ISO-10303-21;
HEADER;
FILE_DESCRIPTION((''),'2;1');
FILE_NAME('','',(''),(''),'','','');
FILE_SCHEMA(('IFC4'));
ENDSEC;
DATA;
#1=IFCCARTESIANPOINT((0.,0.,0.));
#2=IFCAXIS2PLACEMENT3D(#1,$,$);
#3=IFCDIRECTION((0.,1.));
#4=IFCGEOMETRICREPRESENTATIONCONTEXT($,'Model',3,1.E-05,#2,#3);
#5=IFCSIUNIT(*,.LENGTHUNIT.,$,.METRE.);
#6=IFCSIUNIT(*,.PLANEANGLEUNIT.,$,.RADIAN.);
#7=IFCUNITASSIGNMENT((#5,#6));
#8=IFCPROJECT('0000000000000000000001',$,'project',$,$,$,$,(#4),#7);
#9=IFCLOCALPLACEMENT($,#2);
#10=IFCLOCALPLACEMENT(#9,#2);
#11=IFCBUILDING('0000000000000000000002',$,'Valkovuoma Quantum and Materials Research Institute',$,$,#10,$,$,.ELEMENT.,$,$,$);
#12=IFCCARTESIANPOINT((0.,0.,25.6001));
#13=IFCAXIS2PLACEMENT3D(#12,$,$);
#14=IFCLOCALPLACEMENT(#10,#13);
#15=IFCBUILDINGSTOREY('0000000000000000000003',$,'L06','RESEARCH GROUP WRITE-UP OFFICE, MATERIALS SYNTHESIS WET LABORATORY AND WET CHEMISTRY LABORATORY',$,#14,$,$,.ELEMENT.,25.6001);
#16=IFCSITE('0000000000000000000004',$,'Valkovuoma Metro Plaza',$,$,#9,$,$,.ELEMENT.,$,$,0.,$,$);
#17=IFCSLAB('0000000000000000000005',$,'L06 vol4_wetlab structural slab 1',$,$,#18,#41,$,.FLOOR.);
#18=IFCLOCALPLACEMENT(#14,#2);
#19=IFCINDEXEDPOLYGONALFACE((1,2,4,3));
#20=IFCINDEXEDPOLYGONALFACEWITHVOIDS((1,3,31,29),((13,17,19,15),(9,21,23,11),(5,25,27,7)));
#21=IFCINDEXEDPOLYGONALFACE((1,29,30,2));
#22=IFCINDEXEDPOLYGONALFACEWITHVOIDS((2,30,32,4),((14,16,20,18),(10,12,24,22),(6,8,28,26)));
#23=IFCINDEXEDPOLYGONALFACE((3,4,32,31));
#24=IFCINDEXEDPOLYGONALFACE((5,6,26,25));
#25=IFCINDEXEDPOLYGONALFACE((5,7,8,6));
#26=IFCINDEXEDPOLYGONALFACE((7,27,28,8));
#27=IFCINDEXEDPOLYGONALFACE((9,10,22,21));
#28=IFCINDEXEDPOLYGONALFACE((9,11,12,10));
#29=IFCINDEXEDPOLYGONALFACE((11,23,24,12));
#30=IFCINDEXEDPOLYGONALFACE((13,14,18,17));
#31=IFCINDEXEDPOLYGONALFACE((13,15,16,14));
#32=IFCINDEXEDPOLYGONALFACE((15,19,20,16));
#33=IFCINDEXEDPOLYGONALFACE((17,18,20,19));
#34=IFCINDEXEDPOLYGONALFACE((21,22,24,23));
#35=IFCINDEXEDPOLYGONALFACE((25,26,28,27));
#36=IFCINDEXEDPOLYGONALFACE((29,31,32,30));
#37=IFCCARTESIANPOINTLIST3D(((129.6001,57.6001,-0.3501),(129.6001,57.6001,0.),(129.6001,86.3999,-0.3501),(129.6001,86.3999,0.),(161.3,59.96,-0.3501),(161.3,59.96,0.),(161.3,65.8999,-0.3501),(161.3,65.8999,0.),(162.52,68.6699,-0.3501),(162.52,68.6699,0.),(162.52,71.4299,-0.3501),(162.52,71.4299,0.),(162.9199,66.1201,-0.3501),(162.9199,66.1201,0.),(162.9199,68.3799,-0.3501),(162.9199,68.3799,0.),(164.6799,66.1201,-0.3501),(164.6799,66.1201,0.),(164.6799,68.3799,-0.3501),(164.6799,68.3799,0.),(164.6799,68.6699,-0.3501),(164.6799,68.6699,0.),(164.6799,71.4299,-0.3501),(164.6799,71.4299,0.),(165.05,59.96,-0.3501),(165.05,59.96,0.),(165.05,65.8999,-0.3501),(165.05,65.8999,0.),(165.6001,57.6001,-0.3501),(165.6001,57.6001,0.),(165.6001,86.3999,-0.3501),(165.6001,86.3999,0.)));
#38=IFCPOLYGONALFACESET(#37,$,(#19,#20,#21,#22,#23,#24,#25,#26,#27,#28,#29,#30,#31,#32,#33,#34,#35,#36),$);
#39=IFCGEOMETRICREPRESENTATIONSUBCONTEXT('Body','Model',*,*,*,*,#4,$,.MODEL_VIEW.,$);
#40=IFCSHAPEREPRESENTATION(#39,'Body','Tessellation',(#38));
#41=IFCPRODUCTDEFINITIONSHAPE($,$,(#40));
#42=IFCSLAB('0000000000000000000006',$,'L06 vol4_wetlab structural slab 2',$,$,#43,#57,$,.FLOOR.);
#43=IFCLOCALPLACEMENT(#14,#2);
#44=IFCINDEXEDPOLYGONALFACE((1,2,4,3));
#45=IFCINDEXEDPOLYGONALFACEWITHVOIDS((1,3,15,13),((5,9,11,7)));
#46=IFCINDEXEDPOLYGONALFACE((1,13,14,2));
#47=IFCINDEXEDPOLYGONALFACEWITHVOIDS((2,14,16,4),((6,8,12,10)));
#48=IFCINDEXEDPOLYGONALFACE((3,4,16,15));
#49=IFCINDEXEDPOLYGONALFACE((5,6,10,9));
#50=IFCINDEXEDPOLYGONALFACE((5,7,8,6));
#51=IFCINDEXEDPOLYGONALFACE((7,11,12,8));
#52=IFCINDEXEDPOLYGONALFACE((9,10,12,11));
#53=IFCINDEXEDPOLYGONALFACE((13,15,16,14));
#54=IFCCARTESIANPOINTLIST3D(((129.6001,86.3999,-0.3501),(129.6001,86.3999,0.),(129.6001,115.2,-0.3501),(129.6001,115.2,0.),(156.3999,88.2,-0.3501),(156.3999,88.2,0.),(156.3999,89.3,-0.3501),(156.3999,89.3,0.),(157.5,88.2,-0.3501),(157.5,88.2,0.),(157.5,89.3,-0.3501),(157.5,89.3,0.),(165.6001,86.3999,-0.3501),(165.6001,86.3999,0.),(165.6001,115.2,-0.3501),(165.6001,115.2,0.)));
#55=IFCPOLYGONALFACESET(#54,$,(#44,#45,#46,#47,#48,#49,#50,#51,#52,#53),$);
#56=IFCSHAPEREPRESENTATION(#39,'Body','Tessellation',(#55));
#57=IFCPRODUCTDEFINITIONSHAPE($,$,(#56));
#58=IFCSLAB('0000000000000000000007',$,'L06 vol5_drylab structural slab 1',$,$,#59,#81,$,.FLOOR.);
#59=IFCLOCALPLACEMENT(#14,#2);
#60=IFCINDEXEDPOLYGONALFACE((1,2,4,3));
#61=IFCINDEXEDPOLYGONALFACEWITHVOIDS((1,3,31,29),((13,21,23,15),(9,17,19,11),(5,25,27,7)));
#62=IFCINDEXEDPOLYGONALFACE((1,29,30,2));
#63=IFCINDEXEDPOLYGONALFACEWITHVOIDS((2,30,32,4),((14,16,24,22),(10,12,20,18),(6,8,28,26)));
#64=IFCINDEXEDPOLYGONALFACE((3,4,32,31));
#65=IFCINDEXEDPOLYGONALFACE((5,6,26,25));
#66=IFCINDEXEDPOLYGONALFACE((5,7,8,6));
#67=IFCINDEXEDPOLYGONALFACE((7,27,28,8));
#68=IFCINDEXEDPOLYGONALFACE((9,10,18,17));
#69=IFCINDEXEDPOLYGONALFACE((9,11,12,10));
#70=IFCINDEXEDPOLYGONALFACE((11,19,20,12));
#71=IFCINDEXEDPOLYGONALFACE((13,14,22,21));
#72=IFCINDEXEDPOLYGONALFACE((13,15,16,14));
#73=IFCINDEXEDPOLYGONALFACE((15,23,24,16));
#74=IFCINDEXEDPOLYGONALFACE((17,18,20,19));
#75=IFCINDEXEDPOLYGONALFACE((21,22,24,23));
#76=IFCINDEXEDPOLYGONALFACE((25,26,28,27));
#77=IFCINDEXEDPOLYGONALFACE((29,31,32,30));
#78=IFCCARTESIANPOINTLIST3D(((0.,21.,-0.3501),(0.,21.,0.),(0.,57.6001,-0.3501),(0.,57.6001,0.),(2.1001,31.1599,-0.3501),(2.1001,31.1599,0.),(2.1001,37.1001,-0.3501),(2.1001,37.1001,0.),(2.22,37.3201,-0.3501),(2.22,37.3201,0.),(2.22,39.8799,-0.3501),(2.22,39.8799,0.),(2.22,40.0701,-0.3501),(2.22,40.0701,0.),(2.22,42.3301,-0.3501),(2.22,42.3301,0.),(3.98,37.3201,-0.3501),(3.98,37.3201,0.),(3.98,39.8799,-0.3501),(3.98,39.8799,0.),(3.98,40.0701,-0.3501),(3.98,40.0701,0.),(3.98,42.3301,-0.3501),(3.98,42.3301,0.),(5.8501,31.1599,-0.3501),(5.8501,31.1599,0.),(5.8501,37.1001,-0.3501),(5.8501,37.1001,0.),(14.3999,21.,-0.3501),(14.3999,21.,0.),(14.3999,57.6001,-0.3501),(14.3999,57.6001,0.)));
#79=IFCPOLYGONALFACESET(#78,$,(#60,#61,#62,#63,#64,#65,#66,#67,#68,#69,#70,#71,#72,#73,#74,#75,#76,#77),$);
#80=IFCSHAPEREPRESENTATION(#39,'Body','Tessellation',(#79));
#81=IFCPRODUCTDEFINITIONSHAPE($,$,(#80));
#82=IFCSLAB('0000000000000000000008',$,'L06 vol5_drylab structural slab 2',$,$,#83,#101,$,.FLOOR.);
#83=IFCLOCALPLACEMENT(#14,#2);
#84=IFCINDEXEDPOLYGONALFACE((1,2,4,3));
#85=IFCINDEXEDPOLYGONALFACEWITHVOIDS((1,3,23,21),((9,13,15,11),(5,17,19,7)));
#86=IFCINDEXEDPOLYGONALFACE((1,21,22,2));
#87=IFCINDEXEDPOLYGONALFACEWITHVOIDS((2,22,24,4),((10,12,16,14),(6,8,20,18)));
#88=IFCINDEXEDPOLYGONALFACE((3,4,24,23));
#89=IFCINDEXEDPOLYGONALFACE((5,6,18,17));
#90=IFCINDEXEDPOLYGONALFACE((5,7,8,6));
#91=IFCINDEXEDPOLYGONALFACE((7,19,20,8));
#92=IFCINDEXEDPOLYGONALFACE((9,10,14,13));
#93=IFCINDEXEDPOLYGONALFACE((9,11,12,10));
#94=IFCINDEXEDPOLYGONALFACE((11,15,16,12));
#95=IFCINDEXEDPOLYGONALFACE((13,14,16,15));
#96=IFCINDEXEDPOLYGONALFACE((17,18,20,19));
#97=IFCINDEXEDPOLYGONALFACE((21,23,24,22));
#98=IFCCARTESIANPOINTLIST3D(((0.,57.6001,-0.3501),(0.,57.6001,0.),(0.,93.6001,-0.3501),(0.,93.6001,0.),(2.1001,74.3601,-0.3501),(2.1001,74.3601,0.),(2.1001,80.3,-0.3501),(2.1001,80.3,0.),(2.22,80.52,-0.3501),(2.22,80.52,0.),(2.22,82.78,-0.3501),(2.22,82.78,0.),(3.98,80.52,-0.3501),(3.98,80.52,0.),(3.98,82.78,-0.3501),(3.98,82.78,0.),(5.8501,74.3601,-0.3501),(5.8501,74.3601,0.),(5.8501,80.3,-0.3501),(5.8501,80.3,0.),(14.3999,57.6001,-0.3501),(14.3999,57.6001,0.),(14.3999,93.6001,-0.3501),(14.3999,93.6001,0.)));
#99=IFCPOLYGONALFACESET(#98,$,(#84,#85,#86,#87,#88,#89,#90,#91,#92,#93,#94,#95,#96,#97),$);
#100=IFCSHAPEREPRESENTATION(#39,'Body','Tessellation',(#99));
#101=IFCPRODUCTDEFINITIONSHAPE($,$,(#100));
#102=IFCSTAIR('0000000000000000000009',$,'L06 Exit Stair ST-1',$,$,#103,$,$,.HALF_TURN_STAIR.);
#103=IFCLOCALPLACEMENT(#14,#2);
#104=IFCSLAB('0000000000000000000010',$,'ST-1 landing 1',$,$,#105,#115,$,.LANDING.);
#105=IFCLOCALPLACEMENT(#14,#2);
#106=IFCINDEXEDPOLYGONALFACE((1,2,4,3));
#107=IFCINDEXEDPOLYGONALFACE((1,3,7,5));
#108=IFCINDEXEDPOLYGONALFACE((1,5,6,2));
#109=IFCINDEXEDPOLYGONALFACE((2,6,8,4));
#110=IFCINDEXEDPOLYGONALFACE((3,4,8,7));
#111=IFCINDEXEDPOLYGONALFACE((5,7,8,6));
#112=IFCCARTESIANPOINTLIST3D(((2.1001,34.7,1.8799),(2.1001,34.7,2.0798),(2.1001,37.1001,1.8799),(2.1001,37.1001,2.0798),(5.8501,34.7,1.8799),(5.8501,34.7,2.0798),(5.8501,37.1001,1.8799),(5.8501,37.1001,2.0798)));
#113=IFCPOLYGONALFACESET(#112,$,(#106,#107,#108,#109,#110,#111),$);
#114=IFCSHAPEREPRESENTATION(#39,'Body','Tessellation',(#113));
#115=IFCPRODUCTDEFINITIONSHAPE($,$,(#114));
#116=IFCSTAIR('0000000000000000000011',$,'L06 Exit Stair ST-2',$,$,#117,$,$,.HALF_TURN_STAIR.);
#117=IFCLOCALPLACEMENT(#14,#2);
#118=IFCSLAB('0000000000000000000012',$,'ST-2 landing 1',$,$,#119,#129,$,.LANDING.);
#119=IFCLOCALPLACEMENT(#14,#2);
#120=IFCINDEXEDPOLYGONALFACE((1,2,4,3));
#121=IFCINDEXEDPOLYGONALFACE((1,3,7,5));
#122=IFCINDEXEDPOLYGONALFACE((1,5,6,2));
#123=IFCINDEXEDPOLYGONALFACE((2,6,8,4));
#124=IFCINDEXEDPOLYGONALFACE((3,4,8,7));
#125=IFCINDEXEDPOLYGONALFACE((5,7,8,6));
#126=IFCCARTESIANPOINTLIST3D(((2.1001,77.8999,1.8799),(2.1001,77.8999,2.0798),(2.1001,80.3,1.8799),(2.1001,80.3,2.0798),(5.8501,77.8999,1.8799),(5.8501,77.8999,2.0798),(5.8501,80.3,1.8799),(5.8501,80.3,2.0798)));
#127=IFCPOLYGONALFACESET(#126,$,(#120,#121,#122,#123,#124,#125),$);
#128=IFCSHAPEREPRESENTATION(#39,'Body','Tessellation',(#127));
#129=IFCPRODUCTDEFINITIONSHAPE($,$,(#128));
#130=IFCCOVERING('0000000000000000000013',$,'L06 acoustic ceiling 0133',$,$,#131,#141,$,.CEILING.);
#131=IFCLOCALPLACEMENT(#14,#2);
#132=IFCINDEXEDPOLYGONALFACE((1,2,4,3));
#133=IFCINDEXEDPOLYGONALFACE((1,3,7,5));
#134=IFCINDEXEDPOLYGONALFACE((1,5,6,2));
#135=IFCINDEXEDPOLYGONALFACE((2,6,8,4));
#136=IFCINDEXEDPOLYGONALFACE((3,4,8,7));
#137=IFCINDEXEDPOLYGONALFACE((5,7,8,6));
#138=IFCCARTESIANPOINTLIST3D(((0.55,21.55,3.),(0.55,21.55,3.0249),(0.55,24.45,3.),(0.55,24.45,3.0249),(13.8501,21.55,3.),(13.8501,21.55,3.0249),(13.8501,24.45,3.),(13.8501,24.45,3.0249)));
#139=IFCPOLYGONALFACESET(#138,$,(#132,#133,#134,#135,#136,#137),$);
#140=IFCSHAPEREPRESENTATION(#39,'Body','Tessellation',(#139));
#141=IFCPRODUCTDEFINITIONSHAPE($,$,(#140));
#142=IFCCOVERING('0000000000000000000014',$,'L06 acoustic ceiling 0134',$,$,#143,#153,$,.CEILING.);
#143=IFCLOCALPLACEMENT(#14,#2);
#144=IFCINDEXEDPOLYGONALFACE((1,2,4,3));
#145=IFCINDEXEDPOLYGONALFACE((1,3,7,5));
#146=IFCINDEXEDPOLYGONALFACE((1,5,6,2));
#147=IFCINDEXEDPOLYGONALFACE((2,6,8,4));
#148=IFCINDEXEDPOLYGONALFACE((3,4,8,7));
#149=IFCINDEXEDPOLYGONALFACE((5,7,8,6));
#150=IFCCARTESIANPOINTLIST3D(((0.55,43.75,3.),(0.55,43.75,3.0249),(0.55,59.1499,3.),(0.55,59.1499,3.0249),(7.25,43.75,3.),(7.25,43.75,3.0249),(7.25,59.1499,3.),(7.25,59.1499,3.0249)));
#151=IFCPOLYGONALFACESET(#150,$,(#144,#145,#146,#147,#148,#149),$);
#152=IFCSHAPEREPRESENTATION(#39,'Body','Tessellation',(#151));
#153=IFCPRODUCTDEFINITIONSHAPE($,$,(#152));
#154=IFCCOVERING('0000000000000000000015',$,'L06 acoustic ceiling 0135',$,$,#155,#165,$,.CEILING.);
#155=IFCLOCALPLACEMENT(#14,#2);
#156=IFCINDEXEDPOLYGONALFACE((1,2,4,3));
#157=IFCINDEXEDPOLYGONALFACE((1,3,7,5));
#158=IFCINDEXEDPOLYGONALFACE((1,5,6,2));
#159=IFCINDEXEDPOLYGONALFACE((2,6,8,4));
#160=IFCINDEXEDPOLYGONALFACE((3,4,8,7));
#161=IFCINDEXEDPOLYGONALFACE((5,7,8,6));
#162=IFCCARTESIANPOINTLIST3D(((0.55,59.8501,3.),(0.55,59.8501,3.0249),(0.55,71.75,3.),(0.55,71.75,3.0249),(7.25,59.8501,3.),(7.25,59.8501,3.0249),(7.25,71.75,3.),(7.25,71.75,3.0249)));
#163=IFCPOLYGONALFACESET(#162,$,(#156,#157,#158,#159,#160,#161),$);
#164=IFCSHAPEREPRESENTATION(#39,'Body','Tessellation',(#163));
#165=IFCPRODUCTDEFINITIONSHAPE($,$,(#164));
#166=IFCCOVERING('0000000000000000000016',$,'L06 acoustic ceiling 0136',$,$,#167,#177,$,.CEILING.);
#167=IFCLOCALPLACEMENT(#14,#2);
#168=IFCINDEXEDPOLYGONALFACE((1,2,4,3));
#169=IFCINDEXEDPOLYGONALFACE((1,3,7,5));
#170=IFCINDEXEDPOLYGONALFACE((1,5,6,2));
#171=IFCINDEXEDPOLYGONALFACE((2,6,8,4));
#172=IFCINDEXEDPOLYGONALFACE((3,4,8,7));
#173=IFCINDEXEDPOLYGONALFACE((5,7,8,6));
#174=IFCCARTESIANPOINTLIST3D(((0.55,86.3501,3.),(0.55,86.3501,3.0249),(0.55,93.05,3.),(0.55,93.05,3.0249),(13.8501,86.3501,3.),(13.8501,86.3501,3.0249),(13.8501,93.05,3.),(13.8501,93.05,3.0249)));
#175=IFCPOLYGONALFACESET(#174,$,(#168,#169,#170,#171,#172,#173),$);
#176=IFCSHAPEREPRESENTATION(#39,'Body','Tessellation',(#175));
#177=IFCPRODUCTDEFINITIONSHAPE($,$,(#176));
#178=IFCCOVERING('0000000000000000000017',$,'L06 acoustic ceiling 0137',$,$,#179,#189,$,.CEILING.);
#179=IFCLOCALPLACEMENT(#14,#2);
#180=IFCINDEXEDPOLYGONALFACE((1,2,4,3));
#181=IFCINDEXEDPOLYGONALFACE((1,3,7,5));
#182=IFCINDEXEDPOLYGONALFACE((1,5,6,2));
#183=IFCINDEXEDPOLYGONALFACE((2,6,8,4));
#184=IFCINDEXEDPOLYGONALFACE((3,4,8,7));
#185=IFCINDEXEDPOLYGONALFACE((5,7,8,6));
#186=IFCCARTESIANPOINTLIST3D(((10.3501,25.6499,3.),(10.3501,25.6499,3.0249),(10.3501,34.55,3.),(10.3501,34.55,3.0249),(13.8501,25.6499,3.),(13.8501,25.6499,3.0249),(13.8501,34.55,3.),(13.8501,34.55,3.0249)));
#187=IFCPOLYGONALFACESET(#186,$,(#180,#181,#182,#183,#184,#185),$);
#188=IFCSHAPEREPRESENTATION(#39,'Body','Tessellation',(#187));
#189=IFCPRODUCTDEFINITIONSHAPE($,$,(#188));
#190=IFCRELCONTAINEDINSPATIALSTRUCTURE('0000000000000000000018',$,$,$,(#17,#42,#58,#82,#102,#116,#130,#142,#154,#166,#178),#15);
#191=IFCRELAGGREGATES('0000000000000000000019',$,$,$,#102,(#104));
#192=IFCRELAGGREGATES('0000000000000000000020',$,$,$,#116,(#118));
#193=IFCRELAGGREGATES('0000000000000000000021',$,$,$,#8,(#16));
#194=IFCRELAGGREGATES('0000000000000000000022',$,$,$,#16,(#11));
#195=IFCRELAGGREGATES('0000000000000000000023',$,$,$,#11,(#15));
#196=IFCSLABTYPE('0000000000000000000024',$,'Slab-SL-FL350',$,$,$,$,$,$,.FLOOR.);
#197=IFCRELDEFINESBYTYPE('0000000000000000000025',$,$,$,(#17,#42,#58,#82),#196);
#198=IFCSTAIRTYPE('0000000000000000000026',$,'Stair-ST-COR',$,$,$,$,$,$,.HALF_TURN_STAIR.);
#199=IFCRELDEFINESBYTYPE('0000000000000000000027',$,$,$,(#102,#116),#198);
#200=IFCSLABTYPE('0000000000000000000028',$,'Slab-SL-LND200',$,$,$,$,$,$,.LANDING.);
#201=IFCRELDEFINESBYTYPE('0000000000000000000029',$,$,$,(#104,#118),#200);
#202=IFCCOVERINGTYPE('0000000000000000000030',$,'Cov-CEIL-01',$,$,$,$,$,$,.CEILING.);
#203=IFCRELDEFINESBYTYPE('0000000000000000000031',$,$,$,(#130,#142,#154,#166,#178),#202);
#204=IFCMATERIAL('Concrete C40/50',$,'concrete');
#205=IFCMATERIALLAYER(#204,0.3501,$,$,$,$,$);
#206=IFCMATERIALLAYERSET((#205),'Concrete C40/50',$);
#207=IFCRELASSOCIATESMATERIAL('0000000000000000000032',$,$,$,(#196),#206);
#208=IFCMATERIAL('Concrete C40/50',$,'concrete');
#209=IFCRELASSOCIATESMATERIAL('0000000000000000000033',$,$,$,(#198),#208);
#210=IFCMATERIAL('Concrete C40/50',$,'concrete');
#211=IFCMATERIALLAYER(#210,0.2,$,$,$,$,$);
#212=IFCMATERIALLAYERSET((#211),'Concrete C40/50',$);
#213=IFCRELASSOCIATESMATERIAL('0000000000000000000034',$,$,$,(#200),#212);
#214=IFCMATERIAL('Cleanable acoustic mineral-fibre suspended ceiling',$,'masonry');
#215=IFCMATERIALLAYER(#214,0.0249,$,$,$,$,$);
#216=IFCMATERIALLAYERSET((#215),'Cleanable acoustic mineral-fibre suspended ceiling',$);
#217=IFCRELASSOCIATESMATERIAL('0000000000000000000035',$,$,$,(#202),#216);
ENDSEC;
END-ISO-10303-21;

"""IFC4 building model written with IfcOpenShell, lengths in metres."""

from ifc_helpers import new_model, si_unit, direction, frame, origin, place, context, subcontext, project, spatial, polyline, outline, extrude, material, layer, layer_set, type_object, element, aggregate, save


model = new_model("IFC4")

# Units and contexts
model_context = context("Model", 3, precision=1e-05, world=origin(), true_north=direction((0.0, 1.0)))
body_context = subcontext(model_context, "Body", "Model", "MODEL_VIEW")
ifc_project = project(units=[si_unit("LENGTHUNIT", "METRE"), si_unit("PLANEANGLEUNIT", "RADIAN")], contexts=[model_context])

# Site, building, storey
site_placement = place(None, origin())
site = spatial("IfcSite", under=ifc_project, at=site_placement, Name="Valkovuoma Metro Plaza", CompositionType="ELEMENT", RefElevation=0.0)
building_placement = place(site_placement, origin())
building = spatial("IfcBuilding", under=site, at=building_placement, Name="Valkovuoma Quantum and Materials Research Institute", CompositionType="ELEMENT")
storey_placement = place(building_placement, frame((0.0, 0.0, 25.6001)))
storey = spatial("IfcBuildingStorey", under=building, at=storey_placement, Name="L06", Description="RESEARCH GROUP WRITE-UP OFFICE, MATERIALS SYNTHESIS WET LABORATORY AND WET CHEMISTRY LABORATORY", CompositionType="ELEMENT", Elevation=25.6001)

# Slabs
ifc_material_1 = material(Name="Concrete C40/50", Category="concrete")
ifc_layer_1 = layer(ifc_material_1, 0.3501)
ifc_layer_set_1 = layer_set([ifc_layer_1], Name="Concrete C40/50")
slab_type_1 = type_object("IfcSlabType", Name="Slab-SL-FL350", PredefinedType="FLOOR", material=ifc_layer_set_1)
slab_1_placement = place(storey_placement, frame((0.0, 0.0, -0.3501)))
element("IfcSlab", 1, at=slab_1_placement, inside=storey, type_object=slab_type_1, Name="L06 vol4_wetlab structural slab 1", PredefinedType="FLOOR", context=body_context, shape_type="SweptSolid", body=[
    extrude(outline(polyline([(129.6001, 57.6001), (165.6001, 57.6001), (165.6001, 86.3999), (129.6001, 86.3999), (129.6001, 57.6001)]), holes=[polyline([(161.3, 59.96), (165.05, 59.96), (165.05, 65.8999), (161.3, 65.8999), (161.3, 59.96)]), polyline([(162.9199, 66.1201), (164.6799, 66.1201), (164.6799, 68.3799), (162.9199, 68.3799), (162.9199, 66.1201)]), polyline([(162.52, 68.6699), (164.6799, 68.6699), (164.6799, 71.4299), (162.52, 71.4299), (162.52, 68.6699)])]), origin(), (0.0, 0.0, 1.0), 0.3501),
])
slab_2_placement = place(storey_placement, frame((0.0, 0.0, -0.3501)))
element("IfcSlab", 2, at=slab_2_placement, inside=storey, type_object=slab_type_1, Name="L06 vol4_wetlab structural slab 2", PredefinedType="FLOOR", context=body_context, shape_type="SweptSolid", body=[
    extrude(outline(polyline([(129.6001, 86.3999), (165.6001, 86.3999), (165.6001, 115.2), (129.6001, 115.2), (129.6001, 86.3999)]), holes=[polyline([(156.3999, 88.2), (157.5, 88.2), (157.5, 89.3), (156.3999, 89.3), (156.3999, 88.2)])]), origin(), (0.0, 0.0, 1.0), 0.3501),
])
slab_3_placement = place(storey_placement, frame((0.0, 0.0, -0.3501)))
element("IfcSlab", 3, at=slab_3_placement, inside=storey, type_object=slab_type_1, Name="L06 vol5_drylab structural slab 1", PredefinedType="FLOOR", context=body_context, shape_type="SweptSolid", body=[
    extrude(outline(polyline([(0.0, 21.0), (14.3999, 21.0), (14.3999, 57.6001), (0.0, 57.6001), (0.0, 21.0)]), holes=[polyline([(2.1001, 31.1599), (5.8501, 31.1599), (5.8501, 37.1001), (2.1001, 37.1001), (2.1001, 31.1599)]), polyline([(2.22, 37.3201), (3.98, 37.3201), (3.98, 39.8799), (2.22, 39.8799), (2.22, 37.3201)]), polyline([(2.22, 40.0701), (3.98, 40.0701), (3.98, 42.3301), (2.22, 42.3301), (2.22, 40.0701)])]), origin(), (0.0, 0.0, 1.0), 0.3501),
])
slab_4_placement = place(storey_placement, frame((0.0, 0.0, -0.3501)))
element("IfcSlab", 4, at=slab_4_placement, inside=storey, type_object=slab_type_1, Name="L06 vol5_drylab structural slab 2", PredefinedType="FLOOR", context=body_context, shape_type="SweptSolid", body=[
    extrude(outline(polyline([(0.0, 57.6001), (14.3999, 57.6001), (14.3999, 93.6001), (0.0, 93.6001), (0.0, 57.6001)]), holes=[polyline([(2.1001, 74.3601), (5.8501, 74.3601), (5.8501, 80.3), (2.1001, 80.3), (2.1001, 74.3601)]), polyline([(2.22, 80.52), (3.98, 80.52), (3.98, 82.78), (2.22, 82.78), (2.22, 80.52)])]), origin(), (0.0, 0.0, 1.0), 0.3501),
])

# Stairs, slabs
ifc_material_2 = material(Name="Concrete C40/50", Category="concrete")
stair_type = type_object("IfcStairType", Name="Stair-ST-COR", PredefinedType="HALF_TURN_STAIR", material=ifc_material_2)
stair_1_placement = place(storey_placement, origin())
stair_1 = element("IfcStair", 5, at=stair_1_placement, inside=storey, type_object=stair_type, Name="L06 Exit Stair ST-1", PredefinedType="HALF_TURN_STAIR")
ifc_material_3 = material(Name="Concrete C40/50", Category="concrete")
ifc_layer_2 = layer(ifc_material_3, 0.2)
ifc_layer_set_2 = layer_set([ifc_layer_2], Name="Concrete C40/50")
slab_type_2 = type_object("IfcSlabType", Name="Slab-SL-LND200", PredefinedType="LANDING", material=ifc_layer_set_2)
slab_5_placement = place(storey_placement, frame((0.0, 0.0, 1.8799)))
slab_5 = element("IfcSlab", 6, at=slab_5_placement, type_object=slab_type_2, Name="ST-1 landing 1", PredefinedType="LANDING", context=body_context, shape_type="SweptSolid", body=[
    extrude(outline(polyline([(5.8501, 34.7), (5.8501, 37.1001), (2.1001, 37.1001), (2.1001, 34.7), (5.8501, 34.7)])), origin(), (0.0, 0.0, 1.0), 0.2),
])
aggregate(stair_1, [slab_5])
stair_2_placement = place(storey_placement, origin())
stair_2 = element("IfcStair", 7, at=stair_2_placement, inside=storey, type_object=stair_type, Name="L06 Exit Stair ST-2", PredefinedType="HALF_TURN_STAIR")
slab_6_placement = place(storey_placement, frame((0.0, 0.0, 1.8799)))
slab_6 = element("IfcSlab", 8, at=slab_6_placement, type_object=slab_type_2, Name="ST-2 landing 1", PredefinedType="LANDING", context=body_context, shape_type="SweptSolid", body=[
    extrude(outline(polyline([(5.8501, 77.8999), (5.8501, 80.3), (2.1001, 80.3), (2.1001, 77.8999), (5.8501, 77.8999)])), origin(), (0.0, 0.0, 1.0), 0.2),
])
aggregate(stair_2, [slab_6])

# Coverings
ifc_material_4 = material(Name="Cleanable acoustic mineral-fibre suspended ceiling", Category="masonry")
ifc_layer_3 = layer(ifc_material_4, 0.0249)
ifc_layer_set_3 = layer_set([ifc_layer_3], Name="Cleanable acoustic mineral-fibre suspended ceiling")
covering_type_1 = type_object("IfcCoveringType", Name="Cov-CEIL-01", PredefinedType="CEILING", material=ifc_layer_set_3)
covering_1_placement = place(storey_placement, frame((0.0, 0.0, 3.0)))
element("IfcCovering", 9, at=covering_1_placement, inside=storey, type_object=covering_type_1, Name="L06 acoustic ceiling 0133", PredefinedType="CEILING", context=body_context, shape_type="SweptSolid", body=[
    extrude(outline(polyline([(0.55, 21.55), (13.8501, 21.55), (13.8501, 24.45), (0.55, 24.45), (0.55, 21.55)])), origin(), (0.0, 0.0, 1.0), 0.0249),
])
covering_2_placement = place(storey_placement, frame((0.0, 0.0, 3.0)))
element("IfcCovering", 10, at=covering_2_placement, inside=storey, type_object=covering_type_1, Name="L06 acoustic ceiling 0134", PredefinedType="CEILING", context=body_context, shape_type="SweptSolid", body=[
    extrude(outline(polyline([(0.55, 43.75), (7.25, 43.75), (7.25, 59.1499), (0.55, 59.1499), (0.55, 43.75)])), origin(), (0.0, 0.0, 1.0), 0.0249),
])
covering_3_placement = place(storey_placement, frame((0.0, 0.0, 3.0)))
element("IfcCovering", 11, at=covering_3_placement, inside=storey, type_object=covering_type_1, Name="L06 acoustic ceiling 0135", PredefinedType="CEILING", context=body_context, shape_type="SweptSolid", body=[
    extrude(outline(polyline([(0.55, 59.8501), (7.25, 59.8501), (7.25, 71.75), (0.55, 71.75), (0.55, 59.8501)])), origin(), (0.0, 0.0, 1.0), 0.0249),
])
covering_4_placement = place(storey_placement, frame((0.0, 0.0, 3.0)))
element("IfcCovering", 12, at=covering_4_placement, inside=storey, type_object=covering_type_1, Name="L06 acoustic ceiling 0136", PredefinedType="CEILING", context=body_context, shape_type="SweptSolid", body=[
    extrude(outline(polyline([(0.55, 86.3501), (13.8501, 86.3501), (13.8501, 93.05), (0.55, 93.05), (0.55, 86.3501)])), origin(), (0.0, 0.0, 1.0), 0.0249),
])
covering_5_placement = place(storey_placement, frame((0.0, 0.0, 3.0)))
element("IfcCovering", 13, at=covering_5_placement, inside=storey, type_object=covering_type_1, Name="L06 acoustic ceiling 0137", PredefinedType="CEILING", context=body_context, shape_type="SweptSolid", body=[
    extrude(outline(polyline([(10.3501, 25.6499), (13.8501, 25.6499), (13.8501, 34.55), (10.3501, 34.55), (10.3501, 25.6499)])), origin(), (0.0, 0.0, 1.0), 0.0249),
])

save(model, "model.ifc")
